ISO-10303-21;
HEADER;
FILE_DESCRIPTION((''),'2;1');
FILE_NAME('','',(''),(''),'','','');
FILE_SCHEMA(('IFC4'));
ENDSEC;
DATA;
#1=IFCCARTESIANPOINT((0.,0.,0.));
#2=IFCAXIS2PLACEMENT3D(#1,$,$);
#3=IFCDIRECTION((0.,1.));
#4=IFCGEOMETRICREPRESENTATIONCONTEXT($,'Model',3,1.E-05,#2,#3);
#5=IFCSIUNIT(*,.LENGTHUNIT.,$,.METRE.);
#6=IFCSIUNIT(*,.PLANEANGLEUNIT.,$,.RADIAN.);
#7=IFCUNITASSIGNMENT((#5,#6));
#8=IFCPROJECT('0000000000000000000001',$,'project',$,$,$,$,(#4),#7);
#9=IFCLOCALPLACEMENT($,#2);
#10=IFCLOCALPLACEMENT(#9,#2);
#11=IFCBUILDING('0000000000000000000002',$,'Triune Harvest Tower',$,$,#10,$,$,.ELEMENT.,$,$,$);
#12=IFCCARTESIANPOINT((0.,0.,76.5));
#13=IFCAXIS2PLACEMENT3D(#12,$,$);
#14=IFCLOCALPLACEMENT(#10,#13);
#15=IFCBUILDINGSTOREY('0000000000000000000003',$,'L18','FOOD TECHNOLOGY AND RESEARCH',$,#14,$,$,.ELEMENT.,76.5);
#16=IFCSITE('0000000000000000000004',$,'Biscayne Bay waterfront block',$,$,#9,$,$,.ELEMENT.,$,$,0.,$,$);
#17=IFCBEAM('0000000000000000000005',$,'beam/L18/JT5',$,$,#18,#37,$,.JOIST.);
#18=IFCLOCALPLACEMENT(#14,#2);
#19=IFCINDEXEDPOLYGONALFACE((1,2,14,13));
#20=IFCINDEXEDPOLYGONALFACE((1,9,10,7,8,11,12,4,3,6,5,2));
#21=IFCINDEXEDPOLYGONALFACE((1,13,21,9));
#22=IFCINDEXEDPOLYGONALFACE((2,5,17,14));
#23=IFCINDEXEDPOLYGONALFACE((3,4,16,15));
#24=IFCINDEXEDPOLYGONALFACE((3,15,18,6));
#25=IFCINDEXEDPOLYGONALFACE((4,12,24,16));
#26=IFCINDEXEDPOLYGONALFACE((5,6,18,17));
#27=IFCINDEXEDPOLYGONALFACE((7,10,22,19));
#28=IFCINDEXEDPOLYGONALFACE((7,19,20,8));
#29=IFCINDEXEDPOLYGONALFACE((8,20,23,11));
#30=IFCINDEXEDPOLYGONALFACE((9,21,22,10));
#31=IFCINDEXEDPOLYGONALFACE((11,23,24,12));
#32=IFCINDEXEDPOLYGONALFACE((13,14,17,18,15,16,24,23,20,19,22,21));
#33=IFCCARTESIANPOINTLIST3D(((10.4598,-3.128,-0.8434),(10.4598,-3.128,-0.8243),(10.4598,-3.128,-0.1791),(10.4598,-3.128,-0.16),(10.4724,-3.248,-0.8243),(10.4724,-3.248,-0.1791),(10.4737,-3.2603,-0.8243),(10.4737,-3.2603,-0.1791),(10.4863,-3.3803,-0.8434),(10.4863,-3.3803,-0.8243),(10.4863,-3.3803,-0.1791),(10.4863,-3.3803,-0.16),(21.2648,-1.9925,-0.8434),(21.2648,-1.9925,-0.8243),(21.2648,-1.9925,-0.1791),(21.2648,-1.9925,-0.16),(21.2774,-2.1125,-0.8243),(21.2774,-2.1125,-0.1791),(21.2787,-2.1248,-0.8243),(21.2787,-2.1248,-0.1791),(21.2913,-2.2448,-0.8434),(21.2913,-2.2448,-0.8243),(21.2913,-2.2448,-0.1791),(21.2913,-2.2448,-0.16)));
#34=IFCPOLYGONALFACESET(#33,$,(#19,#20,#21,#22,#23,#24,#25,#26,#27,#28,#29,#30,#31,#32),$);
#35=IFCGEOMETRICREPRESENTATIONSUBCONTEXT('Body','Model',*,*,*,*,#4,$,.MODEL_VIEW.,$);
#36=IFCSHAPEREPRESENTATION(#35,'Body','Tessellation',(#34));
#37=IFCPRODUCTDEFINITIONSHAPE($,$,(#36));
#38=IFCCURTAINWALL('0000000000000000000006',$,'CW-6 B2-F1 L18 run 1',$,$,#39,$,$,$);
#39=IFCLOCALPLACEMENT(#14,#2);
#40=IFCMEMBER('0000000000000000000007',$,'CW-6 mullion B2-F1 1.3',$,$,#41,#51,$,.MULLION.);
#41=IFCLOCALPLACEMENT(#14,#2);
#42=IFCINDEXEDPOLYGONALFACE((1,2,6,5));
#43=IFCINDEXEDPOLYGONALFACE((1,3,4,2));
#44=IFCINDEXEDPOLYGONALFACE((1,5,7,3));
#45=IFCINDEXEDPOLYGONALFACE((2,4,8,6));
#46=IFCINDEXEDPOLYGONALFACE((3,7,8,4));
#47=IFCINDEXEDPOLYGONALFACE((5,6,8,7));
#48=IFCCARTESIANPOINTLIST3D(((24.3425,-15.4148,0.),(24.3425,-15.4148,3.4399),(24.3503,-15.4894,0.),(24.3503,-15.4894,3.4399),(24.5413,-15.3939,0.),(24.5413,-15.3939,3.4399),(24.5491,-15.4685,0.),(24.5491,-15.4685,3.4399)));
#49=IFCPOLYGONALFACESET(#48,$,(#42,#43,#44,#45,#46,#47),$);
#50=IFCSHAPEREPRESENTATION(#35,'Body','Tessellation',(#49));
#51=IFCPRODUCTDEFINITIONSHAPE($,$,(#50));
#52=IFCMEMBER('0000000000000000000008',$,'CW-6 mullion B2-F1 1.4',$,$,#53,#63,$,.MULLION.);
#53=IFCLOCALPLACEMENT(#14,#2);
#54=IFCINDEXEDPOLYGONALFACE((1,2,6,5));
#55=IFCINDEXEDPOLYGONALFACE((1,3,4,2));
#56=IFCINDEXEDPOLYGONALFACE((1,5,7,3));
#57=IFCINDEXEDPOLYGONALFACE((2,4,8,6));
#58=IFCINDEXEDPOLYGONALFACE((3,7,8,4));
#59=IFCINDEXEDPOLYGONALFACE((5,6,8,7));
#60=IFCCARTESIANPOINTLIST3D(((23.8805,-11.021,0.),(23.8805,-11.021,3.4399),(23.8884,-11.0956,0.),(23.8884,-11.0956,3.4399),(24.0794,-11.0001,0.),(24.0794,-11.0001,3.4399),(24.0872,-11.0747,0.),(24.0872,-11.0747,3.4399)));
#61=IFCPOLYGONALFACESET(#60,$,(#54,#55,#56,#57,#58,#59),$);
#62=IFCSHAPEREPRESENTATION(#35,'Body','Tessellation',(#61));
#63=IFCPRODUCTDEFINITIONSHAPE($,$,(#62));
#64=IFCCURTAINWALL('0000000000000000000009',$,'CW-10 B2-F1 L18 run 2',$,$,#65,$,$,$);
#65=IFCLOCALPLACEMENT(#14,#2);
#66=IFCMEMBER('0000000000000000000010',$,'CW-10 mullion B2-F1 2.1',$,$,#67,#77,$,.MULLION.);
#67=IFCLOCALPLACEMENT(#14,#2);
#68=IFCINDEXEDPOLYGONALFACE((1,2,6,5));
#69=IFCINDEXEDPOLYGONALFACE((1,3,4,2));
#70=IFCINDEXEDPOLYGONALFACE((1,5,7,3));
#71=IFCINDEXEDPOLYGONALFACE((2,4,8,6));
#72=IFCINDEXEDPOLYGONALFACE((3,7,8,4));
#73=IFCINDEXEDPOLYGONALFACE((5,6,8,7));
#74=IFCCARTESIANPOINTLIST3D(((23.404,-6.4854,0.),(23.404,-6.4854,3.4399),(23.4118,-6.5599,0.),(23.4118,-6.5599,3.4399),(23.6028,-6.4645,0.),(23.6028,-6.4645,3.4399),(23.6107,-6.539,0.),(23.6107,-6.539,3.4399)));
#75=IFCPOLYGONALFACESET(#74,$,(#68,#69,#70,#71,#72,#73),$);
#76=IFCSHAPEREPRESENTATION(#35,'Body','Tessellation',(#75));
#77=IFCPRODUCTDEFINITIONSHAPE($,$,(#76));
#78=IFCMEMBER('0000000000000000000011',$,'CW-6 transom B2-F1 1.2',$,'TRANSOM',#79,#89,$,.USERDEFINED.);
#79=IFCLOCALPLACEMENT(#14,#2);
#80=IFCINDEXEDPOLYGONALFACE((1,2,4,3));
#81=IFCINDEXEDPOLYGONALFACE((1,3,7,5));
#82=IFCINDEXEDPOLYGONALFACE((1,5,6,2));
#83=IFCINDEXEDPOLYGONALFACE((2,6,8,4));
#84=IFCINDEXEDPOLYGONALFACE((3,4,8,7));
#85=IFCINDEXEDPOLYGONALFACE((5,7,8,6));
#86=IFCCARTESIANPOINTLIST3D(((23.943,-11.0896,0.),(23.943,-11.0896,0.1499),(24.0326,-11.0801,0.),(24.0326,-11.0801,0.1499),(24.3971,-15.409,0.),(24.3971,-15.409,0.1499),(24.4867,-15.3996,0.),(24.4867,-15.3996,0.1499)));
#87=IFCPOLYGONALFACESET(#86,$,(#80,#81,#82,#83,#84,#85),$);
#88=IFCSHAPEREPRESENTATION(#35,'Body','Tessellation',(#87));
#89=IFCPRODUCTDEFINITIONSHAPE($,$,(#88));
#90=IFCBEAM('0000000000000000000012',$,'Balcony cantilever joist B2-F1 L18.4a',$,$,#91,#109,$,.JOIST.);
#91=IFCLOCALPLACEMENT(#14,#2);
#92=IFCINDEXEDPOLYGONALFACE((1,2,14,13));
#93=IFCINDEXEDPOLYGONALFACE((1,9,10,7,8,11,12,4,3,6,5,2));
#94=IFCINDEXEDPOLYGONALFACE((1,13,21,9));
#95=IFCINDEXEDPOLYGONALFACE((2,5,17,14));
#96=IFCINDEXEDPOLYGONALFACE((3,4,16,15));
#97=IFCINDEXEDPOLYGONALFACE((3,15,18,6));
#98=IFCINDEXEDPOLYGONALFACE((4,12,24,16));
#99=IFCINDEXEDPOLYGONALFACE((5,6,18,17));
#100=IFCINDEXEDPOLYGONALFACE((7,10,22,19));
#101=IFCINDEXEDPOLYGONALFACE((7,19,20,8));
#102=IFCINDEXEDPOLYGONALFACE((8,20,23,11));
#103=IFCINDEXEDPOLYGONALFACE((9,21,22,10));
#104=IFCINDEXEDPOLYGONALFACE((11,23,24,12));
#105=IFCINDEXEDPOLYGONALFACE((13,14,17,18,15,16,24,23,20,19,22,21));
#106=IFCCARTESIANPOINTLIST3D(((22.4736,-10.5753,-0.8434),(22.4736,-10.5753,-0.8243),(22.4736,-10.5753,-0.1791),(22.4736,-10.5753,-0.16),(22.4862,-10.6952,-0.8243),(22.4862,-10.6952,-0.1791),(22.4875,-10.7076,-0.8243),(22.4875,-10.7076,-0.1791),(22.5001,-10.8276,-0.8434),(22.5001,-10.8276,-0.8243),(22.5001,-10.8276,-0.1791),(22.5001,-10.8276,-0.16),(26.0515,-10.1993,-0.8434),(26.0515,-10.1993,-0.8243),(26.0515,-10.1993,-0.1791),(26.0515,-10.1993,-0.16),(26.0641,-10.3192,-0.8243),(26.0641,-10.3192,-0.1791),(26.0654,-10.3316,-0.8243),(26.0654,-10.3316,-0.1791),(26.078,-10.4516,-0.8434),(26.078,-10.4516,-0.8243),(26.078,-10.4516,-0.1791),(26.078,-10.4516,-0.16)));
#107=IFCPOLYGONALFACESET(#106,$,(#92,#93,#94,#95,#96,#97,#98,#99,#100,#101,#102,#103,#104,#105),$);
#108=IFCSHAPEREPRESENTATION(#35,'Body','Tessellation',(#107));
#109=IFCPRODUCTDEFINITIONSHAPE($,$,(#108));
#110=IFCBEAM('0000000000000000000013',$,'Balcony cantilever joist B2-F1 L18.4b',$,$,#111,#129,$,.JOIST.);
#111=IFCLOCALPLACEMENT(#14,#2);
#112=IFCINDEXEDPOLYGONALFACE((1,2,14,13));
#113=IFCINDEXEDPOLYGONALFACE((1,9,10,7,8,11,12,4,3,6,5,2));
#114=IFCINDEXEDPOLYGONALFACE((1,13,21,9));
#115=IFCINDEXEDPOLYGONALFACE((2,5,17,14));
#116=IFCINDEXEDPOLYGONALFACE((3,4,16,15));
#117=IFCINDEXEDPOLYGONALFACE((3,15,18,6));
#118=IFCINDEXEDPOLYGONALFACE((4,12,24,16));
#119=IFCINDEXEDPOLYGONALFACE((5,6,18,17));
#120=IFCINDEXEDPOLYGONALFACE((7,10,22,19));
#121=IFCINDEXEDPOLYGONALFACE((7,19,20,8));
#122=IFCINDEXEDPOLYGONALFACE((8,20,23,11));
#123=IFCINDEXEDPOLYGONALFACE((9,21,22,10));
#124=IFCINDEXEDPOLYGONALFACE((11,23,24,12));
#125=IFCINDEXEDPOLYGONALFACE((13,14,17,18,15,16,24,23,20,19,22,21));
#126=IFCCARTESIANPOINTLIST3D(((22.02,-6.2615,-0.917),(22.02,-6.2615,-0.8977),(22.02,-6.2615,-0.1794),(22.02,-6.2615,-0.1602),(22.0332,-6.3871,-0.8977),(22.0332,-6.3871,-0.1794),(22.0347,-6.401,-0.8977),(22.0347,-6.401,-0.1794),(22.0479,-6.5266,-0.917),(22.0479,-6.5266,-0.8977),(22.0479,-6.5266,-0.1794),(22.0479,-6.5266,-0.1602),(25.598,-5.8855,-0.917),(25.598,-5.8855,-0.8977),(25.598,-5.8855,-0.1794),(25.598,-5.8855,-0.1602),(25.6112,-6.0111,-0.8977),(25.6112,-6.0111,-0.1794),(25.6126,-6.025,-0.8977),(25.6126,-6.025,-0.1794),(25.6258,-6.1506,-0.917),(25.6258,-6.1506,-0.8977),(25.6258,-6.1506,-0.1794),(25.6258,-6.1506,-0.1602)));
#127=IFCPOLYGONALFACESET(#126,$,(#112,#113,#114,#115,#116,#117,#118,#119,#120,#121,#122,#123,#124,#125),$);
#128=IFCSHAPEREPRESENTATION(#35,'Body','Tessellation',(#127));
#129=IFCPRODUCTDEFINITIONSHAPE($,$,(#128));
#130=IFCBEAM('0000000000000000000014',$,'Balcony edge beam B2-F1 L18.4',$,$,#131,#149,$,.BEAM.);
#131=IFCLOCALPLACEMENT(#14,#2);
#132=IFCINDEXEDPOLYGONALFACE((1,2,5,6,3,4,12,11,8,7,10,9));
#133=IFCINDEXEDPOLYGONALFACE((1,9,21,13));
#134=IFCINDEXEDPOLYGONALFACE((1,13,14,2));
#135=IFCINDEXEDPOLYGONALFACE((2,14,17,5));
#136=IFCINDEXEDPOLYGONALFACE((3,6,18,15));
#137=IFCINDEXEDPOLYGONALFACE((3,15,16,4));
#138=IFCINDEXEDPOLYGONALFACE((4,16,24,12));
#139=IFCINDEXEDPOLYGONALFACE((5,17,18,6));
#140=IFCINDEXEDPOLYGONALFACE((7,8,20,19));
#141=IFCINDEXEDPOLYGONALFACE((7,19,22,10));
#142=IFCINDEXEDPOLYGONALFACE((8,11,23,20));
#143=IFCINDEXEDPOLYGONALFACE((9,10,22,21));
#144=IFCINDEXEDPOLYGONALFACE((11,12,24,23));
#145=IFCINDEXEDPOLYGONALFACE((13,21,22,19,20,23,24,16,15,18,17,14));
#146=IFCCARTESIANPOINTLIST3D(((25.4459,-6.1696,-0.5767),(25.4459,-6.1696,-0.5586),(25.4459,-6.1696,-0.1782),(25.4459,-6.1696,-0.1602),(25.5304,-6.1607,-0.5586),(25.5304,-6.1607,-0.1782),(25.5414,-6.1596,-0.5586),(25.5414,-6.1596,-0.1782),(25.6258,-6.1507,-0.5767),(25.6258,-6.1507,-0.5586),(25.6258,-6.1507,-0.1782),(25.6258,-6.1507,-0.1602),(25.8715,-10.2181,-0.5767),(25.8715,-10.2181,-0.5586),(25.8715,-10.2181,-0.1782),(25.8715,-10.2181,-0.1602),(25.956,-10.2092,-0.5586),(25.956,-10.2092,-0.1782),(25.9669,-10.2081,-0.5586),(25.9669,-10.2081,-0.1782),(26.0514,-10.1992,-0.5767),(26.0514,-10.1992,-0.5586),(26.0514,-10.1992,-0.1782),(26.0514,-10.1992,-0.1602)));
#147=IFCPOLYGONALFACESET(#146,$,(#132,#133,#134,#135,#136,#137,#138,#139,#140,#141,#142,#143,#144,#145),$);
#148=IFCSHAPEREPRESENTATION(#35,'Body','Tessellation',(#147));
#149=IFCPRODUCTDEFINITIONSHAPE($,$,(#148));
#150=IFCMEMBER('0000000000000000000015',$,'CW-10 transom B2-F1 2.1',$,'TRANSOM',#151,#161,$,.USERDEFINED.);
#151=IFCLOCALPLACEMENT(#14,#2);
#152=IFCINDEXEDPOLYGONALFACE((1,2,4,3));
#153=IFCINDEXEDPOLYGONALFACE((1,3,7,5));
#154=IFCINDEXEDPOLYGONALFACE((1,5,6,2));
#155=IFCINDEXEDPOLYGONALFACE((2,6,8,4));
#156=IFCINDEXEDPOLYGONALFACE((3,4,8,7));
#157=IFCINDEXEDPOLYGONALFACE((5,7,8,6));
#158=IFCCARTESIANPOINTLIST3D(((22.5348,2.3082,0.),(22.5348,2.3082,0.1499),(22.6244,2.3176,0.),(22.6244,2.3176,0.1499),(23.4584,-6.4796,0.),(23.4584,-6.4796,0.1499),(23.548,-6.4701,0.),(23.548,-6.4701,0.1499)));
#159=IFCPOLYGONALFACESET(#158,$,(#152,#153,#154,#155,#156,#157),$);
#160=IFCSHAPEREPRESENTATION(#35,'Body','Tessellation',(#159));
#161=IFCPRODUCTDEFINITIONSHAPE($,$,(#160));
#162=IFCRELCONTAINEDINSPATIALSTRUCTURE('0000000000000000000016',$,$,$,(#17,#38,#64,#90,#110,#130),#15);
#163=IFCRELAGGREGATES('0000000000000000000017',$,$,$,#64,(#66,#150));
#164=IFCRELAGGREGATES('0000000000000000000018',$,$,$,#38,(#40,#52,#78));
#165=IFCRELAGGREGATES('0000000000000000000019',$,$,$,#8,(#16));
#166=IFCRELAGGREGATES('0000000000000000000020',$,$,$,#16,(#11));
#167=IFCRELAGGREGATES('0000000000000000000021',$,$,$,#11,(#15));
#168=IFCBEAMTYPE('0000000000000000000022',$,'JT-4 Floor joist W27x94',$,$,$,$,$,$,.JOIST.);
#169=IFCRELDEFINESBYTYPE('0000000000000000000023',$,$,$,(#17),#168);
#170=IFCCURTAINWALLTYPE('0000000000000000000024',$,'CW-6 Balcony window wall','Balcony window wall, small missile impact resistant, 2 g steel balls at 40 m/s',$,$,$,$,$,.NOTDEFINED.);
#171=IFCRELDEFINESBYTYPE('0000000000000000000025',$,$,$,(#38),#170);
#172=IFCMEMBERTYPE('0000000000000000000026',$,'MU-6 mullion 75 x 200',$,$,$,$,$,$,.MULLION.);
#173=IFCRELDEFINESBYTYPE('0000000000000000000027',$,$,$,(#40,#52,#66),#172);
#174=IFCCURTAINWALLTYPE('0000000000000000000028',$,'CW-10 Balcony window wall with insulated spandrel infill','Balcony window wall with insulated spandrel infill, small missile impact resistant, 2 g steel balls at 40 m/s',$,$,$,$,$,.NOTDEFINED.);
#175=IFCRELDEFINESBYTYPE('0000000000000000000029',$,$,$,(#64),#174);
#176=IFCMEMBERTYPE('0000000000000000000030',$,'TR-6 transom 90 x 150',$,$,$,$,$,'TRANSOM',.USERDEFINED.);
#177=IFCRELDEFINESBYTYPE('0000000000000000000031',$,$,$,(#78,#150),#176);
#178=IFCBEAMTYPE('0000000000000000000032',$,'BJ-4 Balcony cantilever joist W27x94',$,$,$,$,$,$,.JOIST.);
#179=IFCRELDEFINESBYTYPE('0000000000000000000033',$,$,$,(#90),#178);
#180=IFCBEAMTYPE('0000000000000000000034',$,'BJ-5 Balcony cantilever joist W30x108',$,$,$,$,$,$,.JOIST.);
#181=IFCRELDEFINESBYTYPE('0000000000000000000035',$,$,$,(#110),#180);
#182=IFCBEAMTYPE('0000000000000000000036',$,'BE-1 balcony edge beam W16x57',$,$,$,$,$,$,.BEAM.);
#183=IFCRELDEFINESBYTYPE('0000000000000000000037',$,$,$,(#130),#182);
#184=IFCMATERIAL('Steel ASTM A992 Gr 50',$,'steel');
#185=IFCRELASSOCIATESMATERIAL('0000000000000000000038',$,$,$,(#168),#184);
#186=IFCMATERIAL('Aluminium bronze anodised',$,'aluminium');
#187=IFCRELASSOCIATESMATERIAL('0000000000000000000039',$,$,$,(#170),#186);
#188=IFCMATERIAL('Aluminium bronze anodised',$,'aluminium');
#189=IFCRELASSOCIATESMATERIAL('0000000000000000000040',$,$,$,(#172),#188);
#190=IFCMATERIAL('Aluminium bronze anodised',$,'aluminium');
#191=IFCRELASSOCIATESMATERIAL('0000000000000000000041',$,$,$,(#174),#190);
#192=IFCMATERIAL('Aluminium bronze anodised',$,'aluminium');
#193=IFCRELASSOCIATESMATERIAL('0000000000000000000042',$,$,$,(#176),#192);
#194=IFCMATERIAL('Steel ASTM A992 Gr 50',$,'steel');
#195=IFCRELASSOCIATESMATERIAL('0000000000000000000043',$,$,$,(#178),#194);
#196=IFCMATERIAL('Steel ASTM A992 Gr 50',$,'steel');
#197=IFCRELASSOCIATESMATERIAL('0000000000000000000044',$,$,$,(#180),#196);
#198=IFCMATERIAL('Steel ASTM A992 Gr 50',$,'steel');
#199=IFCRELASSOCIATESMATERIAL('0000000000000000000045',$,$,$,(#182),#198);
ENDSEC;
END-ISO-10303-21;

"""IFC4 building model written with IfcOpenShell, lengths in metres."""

from ifc_helpers import new_model, si_unit, direction, frame, origin, origin_2d, place, context, subcontext, project, spatial, rectangle, i_section, extrude, source, transform, mapped, material, material_profile, profile_set, type_object, element, aggregate, save


model = new_model("IFC4")

# Units and contexts
model_context = context("Model", 3, precision=1e-05, world=origin(), true_north=direction((0.0, 1.0)))
body_context = subcontext(model_context, "Body", "Model", "MODEL_VIEW")
ifc_project = project(units=[si_unit("LENGTHUNIT", "METRE"), si_unit("PLANEANGLEUNIT", "RADIAN")], contexts=[model_context])

# Site, building, storey
site_placement = place(None, origin())
site = spatial("IfcSite", under=ifc_project, at=site_placement, Name="Biscayne Bay waterfront block", CompositionType="ELEMENT", RefElevation=0.0)
building_placement = place(site_placement, origin())
building = spatial("IfcBuilding", under=site, at=building_placement, Name="Triune Harvest Tower", CompositionType="ELEMENT")
storey_placement = place(building_placement, frame((0.0, 0.0, 76.5)))
storey = spatial("IfcBuildingStorey", under=building, at=storey_placement, Name="L18", Description="FOOD TECHNOLOGY AND RESEARCH", CompositionType="ELEMENT", Elevation=76.5)

# Beam
ifc_material_1 = material(Name="Steel ASTM A992 Gr 50", Category="steel")
ifc_material_profile_1 = material_profile(ifc_material_1, i_section(OverallWidth=0.2537, OverallDepth=0.6833, WebThickness=0.0125, FlangeThickness=0.019, at=origin_2d()), Name="W27x94")
ifc_profile_set_1 = profile_set([ifc_material_profile_1], Name="Steel ASTM A992 Gr 50")
beam_type_1 = type_object("IfcBeamType", Name="JT-4 Floor joist W27x94", PredefinedType="JOIST", material=ifc_profile_set_1)
shared_shape_1 = source(origin(), body_context, "Body", "SweptSolid", [
    extrude(i_section(OverallWidth=0.2537, OverallDepth=0.6833, WebThickness=0.0125, FlangeThickness=0.019, at=origin_2d()), origin(), (0.0, 0.0, 1.0), 10.8645),
])
beam_1_placement = place(storey_placement, frame((21.2781, -2.1187, -0.5017), z_axis=(-0.994523, -0.104515, 0.0), x_axis=(0.104515, -0.994523, 0.0)))
element("IfcBeam", 1, at=beam_1_placement, inside=storey, type_object=beam_type_1, Name="beam/L18/JT5", PredefinedType="JOIST", context=body_context, shape_type="MappedRepresentation", body=[
    mapped(shared_shape_1, transform((0.0, 0.0, 0.0), scale=1.0)),
])

# Curtain wall, members
ifc_material_2 = material(Name="Aluminium bronze anodised", Category="aluminium")
curtain_wall_type_1 = type_object("IfcCurtainWallType", Name="CW-6 Balcony window wall", Description="Balcony window wall, small missile impact resistant, 2 g steel balls at 40 m/s", PredefinedType="NOTDEFINED", material=ifc_material_2)
curtain_wall_1_placement = place(storey_placement, origin())
curtain_wall_1 = element("IfcCurtainWall", 2, at=curtain_wall_1_placement, inside=storey, type_object=curtain_wall_type_1, Name="CW-6 B2-F1 L18 run 1")
ifc_material_3 = material(Name="Aluminium bronze anodised", Category="aluminium")
ifc_material_profile_2 = material_profile(ifc_material_3, rectangle(XDim=0.2, YDim=0.075, at=origin_2d()), Name="MU-6 mullion 75 x 200")
ifc_profile_set_2 = profile_set([ifc_material_profile_2], Name="Aluminium bronze anodised")
member_type_1 = type_object("IfcMemberType", Name="MU-6 mullion 75 x 200", PredefinedType="MULLION", material=ifc_profile_set_2)
shared_shape_2 = source(origin(), body_context, "Body", "SweptSolid", [
    extrude(rectangle(XDim=0.2, YDim=0.075, at=origin_2d()), origin(), (0.0, 0.0, 1.0), 3.4399),
])
member_1_placement = place(storey_placement, frame((24.4458, -15.4417, 0.0), z_axis=(0.0, 0.0, 1.0), x_axis=(-0.994522, -0.104528, 0.0)))
member_1 = element("IfcMember", 3, at=member_1_placement, type_object=member_type_1, Name="CW-6 mullion B2-F1 1.3", PredefinedType="MULLION", context=body_context, shape_type="MappedRepresentation", body=[
    mapped(shared_shape_2, transform((0.0, 0.0, 0.0), scale=1.0)),
])
member_2_placement = place(storey_placement, frame((23.9839, -11.0479, 0.0), z_axis=(0.0, 0.0, 1.0), x_axis=(-0.994522, -0.104528, 0.0)))
member_2 = element("IfcMember", 4, at=member_2_placement, type_object=member_type_1, Name="CW-6 mullion B2-F1 1.4", PredefinedType="MULLION", context=body_context, shape_type="MappedRepresentation", body=[
    mapped(shared_shape_2, transform((0.0, 0.0, 0.0), scale=1.0)),
])

# Curtain wall, member
ifc_material_4 = material(Name="Aluminium bronze anodised", Category="aluminium")
curtain_wall_type_2 = type_object("IfcCurtainWallType", Name="CW-10 Balcony window wall with insulated spandrel infill", Description="Balcony window wall with insulated spandrel infill, small missile impact resistant, 2 g steel balls at 40 m/s", PredefinedType="NOTDEFINED", material=ifc_material_4)
curtain_wall_2_placement = place(storey_placement, origin())
curtain_wall_2 = element("IfcCurtainWall", 5, at=curtain_wall_2_placement, inside=storey, type_object=curtain_wall_type_2, Name="CW-10 B2-F1 L18 run 2")
member_3_placement = place(storey_placement, frame((23.5073, -6.5122, 0.0), z_axis=(0.0, 0.0, 1.0), x_axis=(-0.994522, -0.104526, 0.0)))
member_3 = element("IfcMember", 6, at=member_3_placement, type_object=member_type_1, Name="CW-10 mullion B2-F1 2.1", PredefinedType="MULLION", context=body_context, shape_type="MappedRepresentation", body=[
    mapped(shared_shape_2, transform((0.0, 0.0, 0.0), scale=1.0)),
])

# Member
ifc_material_5 = material(Name="Aluminium bronze anodised", Category="aluminium")
ifc_material_profile_3 = material_profile(ifc_material_5, rectangle(XDim=0.0901, YDim=0.1499, at=origin_2d()), Name="TR-6 transom 90 x 150")
ifc_profile_set_3 = profile_set([ifc_material_profile_3], Name="Aluminium bronze anodised")
member_type_2 = type_object("IfcMemberType", Name="TR-6 transom 90 x 150", ElementType="TRANSOM", PredefinedType="USERDEFINED", material=ifc_profile_set_3)
shared_shape_3 = source(origin(), body_context, "Body", "SweptSolid", [
    extrude(rectangle(XDim=0.0901, YDim=0.1499, at=origin_2d()), origin(), (0.0, 0.0, 1.0), 4.3433),
])
member_4_placement = place(storey_placement, frame((24.4419, -15.4043, 0.075), z_axis=(-0.104556, 0.994519, 0.0), x_axis=(-0.994519, -0.104556, 0.0)))
member_4 = element("IfcMember", 7, at=member_4_placement, type_object=member_type_2, Name="CW-6 transom B2-F1 1.2", ObjectType="TRANSOM", PredefinedType="USERDEFINED", context=body_context, shape_type="MappedRepresentation", body=[
    mapped(shared_shape_3, transform((0.0, 0.0, 0.0), scale=1.0)),
])

# Beams
ifc_material_6 = material(Name="Steel ASTM A992 Gr 50", Category="steel")
ifc_material_profile_4 = material_profile(ifc_material_6, i_section(OverallWidth=0.2537, OverallDepth=0.6833, WebThickness=0.0125, FlangeThickness=0.019, at=origin_2d()), Name="W27x94")
ifc_profile_set_4 = profile_set([ifc_material_profile_4], Name="Steel ASTM A992 Gr 50")
beam_type_2 = type_object("IfcBeamType", Name="BJ-4 Balcony cantilever joist W27x94", PredefinedType="JOIST", material=ifc_profile_set_4)
shared_shape_4 = source(origin(), body_context, "Body", "SweptSolid", [
    extrude(i_section(OverallWidth=0.2537, OverallDepth=0.6833, WebThickness=0.0125, FlangeThickness=0.019, at=origin_2d()), origin(), (0.0, 0.0, 1.0), 3.5977),
])
beam_2_placement = place(storey_placement, frame((22.4868, -10.7014, -0.5017), z_axis=(0.994524, 0.104508, 0.0), x_axis=(-0.104508, 0.994524, 0.0)))
element("IfcBeam", 8, at=beam_2_placement, inside=storey, type_object=beam_type_2, Name="Balcony cantilever joist B2-F1 L18.4a", PredefinedType="JOIST", context=body_context, shape_type="MappedRepresentation", body=[
    mapped(shared_shape_4, transform((0.0, 0.0, 0.0), scale=1.0)),
])
ifc_material_7 = material(Name="Steel ASTM A992 Gr 50", Category="steel")
ifc_material_profile_5 = material_profile(ifc_material_7, i_section(OverallWidth=0.2666, OverallDepth=0.7568, WebThickness=0.0139, FlangeThickness=0.0193, at=origin_2d()), Name="W30x108")
ifc_profile_set_5 = profile_set([ifc_material_profile_5], Name="Steel ASTM A992 Gr 50")
beam_type_3 = type_object("IfcBeamType", Name="BJ-5 Balcony cantilever joist W30x108", PredefinedType="JOIST", material=ifc_profile_set_5)
shared_shape_5 = source(origin(), body_context, "Body", "SweptSolid", [
    extrude(i_section(OverallWidth=0.2666, OverallDepth=0.7568, WebThickness=0.0139, FlangeThickness=0.0193, at=origin_2d()), origin(), (0.0, 0.0, 1.0), 3.5977),
])
beam_3_placement = place(storey_placement, frame((22.0339, -6.394, -0.5386), z_axis=(0.994524, 0.104508, 0.0), x_axis=(-0.104508, 0.994524, 0.0)))
element("IfcBeam", 9, at=beam_3_placement, inside=storey, type_object=beam_type_3, Name="Balcony cantilever joist B2-F1 L18.4b", PredefinedType="JOIST", context=body_context, shape_type="MappedRepresentation", body=[
    mapped(shared_shape_5, transform((0.0, 0.0, 0.0), scale=1.0)),
])
ifc_material_8 = material(Name="Steel ASTM A992 Gr 50", Category="steel")
ifc_material_profile_6 = material_profile(ifc_material_8, i_section(OverallWidth=0.1809, OverallDepth=0.4165, WebThickness=0.011, FlangeThickness=0.0181, at=origin_2d()), Name="W16x57")
ifc_profile_set_6 = profile_set([ifc_material_profile_6], Name="Steel ASTM A992 Gr 50")
beam_type_4 = type_object("IfcBeamType", Name="BE-1 balcony edge beam W16x57", PredefinedType="BEAM", material=ifc_profile_set_6)
shared_shape_6 = source(origin(), body_context, "Body", "SweptSolid", [
    extrude(i_section(OverallWidth=0.1809, OverallDepth=0.4165, WebThickness=0.011, FlangeThickness=0.0181, at=origin_2d()), origin(), (0.0, 0.0, 1.0), 4.0708),
])
beam_4_placement = place(storey_placement, frame((25.5359, -6.1602, -0.3684), z_axis=(0.104532, -0.994522, 0.0), x_axis=(0.994522, 0.104532, 0.0)))
element("IfcBeam", 10, at=beam_4_placement, inside=storey, type_object=beam_type_4, Name="Balcony edge beam B2-F1 L18.4", PredefinedType="BEAM", context=body_context, shape_type="MappedRepresentation", body=[
    mapped(shared_shape_6, transform((0.0, 0.0, 0.0), scale=1.0)),
])

# Member
shared_shape_7 = source(origin(), body_context, "Body", "SweptSolid", [
    extrude(rectangle(XDim=0.0901, YDim=0.1499, at=origin_2d()), origin(), (0.0, 0.0, 1.0), 8.8362),
])
member_5_placement = place(storey_placement, frame((23.5032, -6.4749, 0.075), z_axis=(-0.104522, 0.994523, 0.0), x_axis=(-0.994523, -0.104522, 0.0)))
member_5 = element("IfcMember", 11, at=member_5_placement, type_object=member_type_2, Name="CW-10 transom B2-F1 2.1", ObjectType="TRANSOM", PredefinedType="USERDEFINED", context=body_context, shape_type="MappedRepresentation", body=[
    mapped(shared_shape_7, transform((0.0, 0.0, 0.0), scale=1.0)),
])

aggregate(curtain_wall_2, [member_3, member_5])
aggregate(curtain_wall_1, [member_1, member_2, member_4])

save(model, "model.ifc")
